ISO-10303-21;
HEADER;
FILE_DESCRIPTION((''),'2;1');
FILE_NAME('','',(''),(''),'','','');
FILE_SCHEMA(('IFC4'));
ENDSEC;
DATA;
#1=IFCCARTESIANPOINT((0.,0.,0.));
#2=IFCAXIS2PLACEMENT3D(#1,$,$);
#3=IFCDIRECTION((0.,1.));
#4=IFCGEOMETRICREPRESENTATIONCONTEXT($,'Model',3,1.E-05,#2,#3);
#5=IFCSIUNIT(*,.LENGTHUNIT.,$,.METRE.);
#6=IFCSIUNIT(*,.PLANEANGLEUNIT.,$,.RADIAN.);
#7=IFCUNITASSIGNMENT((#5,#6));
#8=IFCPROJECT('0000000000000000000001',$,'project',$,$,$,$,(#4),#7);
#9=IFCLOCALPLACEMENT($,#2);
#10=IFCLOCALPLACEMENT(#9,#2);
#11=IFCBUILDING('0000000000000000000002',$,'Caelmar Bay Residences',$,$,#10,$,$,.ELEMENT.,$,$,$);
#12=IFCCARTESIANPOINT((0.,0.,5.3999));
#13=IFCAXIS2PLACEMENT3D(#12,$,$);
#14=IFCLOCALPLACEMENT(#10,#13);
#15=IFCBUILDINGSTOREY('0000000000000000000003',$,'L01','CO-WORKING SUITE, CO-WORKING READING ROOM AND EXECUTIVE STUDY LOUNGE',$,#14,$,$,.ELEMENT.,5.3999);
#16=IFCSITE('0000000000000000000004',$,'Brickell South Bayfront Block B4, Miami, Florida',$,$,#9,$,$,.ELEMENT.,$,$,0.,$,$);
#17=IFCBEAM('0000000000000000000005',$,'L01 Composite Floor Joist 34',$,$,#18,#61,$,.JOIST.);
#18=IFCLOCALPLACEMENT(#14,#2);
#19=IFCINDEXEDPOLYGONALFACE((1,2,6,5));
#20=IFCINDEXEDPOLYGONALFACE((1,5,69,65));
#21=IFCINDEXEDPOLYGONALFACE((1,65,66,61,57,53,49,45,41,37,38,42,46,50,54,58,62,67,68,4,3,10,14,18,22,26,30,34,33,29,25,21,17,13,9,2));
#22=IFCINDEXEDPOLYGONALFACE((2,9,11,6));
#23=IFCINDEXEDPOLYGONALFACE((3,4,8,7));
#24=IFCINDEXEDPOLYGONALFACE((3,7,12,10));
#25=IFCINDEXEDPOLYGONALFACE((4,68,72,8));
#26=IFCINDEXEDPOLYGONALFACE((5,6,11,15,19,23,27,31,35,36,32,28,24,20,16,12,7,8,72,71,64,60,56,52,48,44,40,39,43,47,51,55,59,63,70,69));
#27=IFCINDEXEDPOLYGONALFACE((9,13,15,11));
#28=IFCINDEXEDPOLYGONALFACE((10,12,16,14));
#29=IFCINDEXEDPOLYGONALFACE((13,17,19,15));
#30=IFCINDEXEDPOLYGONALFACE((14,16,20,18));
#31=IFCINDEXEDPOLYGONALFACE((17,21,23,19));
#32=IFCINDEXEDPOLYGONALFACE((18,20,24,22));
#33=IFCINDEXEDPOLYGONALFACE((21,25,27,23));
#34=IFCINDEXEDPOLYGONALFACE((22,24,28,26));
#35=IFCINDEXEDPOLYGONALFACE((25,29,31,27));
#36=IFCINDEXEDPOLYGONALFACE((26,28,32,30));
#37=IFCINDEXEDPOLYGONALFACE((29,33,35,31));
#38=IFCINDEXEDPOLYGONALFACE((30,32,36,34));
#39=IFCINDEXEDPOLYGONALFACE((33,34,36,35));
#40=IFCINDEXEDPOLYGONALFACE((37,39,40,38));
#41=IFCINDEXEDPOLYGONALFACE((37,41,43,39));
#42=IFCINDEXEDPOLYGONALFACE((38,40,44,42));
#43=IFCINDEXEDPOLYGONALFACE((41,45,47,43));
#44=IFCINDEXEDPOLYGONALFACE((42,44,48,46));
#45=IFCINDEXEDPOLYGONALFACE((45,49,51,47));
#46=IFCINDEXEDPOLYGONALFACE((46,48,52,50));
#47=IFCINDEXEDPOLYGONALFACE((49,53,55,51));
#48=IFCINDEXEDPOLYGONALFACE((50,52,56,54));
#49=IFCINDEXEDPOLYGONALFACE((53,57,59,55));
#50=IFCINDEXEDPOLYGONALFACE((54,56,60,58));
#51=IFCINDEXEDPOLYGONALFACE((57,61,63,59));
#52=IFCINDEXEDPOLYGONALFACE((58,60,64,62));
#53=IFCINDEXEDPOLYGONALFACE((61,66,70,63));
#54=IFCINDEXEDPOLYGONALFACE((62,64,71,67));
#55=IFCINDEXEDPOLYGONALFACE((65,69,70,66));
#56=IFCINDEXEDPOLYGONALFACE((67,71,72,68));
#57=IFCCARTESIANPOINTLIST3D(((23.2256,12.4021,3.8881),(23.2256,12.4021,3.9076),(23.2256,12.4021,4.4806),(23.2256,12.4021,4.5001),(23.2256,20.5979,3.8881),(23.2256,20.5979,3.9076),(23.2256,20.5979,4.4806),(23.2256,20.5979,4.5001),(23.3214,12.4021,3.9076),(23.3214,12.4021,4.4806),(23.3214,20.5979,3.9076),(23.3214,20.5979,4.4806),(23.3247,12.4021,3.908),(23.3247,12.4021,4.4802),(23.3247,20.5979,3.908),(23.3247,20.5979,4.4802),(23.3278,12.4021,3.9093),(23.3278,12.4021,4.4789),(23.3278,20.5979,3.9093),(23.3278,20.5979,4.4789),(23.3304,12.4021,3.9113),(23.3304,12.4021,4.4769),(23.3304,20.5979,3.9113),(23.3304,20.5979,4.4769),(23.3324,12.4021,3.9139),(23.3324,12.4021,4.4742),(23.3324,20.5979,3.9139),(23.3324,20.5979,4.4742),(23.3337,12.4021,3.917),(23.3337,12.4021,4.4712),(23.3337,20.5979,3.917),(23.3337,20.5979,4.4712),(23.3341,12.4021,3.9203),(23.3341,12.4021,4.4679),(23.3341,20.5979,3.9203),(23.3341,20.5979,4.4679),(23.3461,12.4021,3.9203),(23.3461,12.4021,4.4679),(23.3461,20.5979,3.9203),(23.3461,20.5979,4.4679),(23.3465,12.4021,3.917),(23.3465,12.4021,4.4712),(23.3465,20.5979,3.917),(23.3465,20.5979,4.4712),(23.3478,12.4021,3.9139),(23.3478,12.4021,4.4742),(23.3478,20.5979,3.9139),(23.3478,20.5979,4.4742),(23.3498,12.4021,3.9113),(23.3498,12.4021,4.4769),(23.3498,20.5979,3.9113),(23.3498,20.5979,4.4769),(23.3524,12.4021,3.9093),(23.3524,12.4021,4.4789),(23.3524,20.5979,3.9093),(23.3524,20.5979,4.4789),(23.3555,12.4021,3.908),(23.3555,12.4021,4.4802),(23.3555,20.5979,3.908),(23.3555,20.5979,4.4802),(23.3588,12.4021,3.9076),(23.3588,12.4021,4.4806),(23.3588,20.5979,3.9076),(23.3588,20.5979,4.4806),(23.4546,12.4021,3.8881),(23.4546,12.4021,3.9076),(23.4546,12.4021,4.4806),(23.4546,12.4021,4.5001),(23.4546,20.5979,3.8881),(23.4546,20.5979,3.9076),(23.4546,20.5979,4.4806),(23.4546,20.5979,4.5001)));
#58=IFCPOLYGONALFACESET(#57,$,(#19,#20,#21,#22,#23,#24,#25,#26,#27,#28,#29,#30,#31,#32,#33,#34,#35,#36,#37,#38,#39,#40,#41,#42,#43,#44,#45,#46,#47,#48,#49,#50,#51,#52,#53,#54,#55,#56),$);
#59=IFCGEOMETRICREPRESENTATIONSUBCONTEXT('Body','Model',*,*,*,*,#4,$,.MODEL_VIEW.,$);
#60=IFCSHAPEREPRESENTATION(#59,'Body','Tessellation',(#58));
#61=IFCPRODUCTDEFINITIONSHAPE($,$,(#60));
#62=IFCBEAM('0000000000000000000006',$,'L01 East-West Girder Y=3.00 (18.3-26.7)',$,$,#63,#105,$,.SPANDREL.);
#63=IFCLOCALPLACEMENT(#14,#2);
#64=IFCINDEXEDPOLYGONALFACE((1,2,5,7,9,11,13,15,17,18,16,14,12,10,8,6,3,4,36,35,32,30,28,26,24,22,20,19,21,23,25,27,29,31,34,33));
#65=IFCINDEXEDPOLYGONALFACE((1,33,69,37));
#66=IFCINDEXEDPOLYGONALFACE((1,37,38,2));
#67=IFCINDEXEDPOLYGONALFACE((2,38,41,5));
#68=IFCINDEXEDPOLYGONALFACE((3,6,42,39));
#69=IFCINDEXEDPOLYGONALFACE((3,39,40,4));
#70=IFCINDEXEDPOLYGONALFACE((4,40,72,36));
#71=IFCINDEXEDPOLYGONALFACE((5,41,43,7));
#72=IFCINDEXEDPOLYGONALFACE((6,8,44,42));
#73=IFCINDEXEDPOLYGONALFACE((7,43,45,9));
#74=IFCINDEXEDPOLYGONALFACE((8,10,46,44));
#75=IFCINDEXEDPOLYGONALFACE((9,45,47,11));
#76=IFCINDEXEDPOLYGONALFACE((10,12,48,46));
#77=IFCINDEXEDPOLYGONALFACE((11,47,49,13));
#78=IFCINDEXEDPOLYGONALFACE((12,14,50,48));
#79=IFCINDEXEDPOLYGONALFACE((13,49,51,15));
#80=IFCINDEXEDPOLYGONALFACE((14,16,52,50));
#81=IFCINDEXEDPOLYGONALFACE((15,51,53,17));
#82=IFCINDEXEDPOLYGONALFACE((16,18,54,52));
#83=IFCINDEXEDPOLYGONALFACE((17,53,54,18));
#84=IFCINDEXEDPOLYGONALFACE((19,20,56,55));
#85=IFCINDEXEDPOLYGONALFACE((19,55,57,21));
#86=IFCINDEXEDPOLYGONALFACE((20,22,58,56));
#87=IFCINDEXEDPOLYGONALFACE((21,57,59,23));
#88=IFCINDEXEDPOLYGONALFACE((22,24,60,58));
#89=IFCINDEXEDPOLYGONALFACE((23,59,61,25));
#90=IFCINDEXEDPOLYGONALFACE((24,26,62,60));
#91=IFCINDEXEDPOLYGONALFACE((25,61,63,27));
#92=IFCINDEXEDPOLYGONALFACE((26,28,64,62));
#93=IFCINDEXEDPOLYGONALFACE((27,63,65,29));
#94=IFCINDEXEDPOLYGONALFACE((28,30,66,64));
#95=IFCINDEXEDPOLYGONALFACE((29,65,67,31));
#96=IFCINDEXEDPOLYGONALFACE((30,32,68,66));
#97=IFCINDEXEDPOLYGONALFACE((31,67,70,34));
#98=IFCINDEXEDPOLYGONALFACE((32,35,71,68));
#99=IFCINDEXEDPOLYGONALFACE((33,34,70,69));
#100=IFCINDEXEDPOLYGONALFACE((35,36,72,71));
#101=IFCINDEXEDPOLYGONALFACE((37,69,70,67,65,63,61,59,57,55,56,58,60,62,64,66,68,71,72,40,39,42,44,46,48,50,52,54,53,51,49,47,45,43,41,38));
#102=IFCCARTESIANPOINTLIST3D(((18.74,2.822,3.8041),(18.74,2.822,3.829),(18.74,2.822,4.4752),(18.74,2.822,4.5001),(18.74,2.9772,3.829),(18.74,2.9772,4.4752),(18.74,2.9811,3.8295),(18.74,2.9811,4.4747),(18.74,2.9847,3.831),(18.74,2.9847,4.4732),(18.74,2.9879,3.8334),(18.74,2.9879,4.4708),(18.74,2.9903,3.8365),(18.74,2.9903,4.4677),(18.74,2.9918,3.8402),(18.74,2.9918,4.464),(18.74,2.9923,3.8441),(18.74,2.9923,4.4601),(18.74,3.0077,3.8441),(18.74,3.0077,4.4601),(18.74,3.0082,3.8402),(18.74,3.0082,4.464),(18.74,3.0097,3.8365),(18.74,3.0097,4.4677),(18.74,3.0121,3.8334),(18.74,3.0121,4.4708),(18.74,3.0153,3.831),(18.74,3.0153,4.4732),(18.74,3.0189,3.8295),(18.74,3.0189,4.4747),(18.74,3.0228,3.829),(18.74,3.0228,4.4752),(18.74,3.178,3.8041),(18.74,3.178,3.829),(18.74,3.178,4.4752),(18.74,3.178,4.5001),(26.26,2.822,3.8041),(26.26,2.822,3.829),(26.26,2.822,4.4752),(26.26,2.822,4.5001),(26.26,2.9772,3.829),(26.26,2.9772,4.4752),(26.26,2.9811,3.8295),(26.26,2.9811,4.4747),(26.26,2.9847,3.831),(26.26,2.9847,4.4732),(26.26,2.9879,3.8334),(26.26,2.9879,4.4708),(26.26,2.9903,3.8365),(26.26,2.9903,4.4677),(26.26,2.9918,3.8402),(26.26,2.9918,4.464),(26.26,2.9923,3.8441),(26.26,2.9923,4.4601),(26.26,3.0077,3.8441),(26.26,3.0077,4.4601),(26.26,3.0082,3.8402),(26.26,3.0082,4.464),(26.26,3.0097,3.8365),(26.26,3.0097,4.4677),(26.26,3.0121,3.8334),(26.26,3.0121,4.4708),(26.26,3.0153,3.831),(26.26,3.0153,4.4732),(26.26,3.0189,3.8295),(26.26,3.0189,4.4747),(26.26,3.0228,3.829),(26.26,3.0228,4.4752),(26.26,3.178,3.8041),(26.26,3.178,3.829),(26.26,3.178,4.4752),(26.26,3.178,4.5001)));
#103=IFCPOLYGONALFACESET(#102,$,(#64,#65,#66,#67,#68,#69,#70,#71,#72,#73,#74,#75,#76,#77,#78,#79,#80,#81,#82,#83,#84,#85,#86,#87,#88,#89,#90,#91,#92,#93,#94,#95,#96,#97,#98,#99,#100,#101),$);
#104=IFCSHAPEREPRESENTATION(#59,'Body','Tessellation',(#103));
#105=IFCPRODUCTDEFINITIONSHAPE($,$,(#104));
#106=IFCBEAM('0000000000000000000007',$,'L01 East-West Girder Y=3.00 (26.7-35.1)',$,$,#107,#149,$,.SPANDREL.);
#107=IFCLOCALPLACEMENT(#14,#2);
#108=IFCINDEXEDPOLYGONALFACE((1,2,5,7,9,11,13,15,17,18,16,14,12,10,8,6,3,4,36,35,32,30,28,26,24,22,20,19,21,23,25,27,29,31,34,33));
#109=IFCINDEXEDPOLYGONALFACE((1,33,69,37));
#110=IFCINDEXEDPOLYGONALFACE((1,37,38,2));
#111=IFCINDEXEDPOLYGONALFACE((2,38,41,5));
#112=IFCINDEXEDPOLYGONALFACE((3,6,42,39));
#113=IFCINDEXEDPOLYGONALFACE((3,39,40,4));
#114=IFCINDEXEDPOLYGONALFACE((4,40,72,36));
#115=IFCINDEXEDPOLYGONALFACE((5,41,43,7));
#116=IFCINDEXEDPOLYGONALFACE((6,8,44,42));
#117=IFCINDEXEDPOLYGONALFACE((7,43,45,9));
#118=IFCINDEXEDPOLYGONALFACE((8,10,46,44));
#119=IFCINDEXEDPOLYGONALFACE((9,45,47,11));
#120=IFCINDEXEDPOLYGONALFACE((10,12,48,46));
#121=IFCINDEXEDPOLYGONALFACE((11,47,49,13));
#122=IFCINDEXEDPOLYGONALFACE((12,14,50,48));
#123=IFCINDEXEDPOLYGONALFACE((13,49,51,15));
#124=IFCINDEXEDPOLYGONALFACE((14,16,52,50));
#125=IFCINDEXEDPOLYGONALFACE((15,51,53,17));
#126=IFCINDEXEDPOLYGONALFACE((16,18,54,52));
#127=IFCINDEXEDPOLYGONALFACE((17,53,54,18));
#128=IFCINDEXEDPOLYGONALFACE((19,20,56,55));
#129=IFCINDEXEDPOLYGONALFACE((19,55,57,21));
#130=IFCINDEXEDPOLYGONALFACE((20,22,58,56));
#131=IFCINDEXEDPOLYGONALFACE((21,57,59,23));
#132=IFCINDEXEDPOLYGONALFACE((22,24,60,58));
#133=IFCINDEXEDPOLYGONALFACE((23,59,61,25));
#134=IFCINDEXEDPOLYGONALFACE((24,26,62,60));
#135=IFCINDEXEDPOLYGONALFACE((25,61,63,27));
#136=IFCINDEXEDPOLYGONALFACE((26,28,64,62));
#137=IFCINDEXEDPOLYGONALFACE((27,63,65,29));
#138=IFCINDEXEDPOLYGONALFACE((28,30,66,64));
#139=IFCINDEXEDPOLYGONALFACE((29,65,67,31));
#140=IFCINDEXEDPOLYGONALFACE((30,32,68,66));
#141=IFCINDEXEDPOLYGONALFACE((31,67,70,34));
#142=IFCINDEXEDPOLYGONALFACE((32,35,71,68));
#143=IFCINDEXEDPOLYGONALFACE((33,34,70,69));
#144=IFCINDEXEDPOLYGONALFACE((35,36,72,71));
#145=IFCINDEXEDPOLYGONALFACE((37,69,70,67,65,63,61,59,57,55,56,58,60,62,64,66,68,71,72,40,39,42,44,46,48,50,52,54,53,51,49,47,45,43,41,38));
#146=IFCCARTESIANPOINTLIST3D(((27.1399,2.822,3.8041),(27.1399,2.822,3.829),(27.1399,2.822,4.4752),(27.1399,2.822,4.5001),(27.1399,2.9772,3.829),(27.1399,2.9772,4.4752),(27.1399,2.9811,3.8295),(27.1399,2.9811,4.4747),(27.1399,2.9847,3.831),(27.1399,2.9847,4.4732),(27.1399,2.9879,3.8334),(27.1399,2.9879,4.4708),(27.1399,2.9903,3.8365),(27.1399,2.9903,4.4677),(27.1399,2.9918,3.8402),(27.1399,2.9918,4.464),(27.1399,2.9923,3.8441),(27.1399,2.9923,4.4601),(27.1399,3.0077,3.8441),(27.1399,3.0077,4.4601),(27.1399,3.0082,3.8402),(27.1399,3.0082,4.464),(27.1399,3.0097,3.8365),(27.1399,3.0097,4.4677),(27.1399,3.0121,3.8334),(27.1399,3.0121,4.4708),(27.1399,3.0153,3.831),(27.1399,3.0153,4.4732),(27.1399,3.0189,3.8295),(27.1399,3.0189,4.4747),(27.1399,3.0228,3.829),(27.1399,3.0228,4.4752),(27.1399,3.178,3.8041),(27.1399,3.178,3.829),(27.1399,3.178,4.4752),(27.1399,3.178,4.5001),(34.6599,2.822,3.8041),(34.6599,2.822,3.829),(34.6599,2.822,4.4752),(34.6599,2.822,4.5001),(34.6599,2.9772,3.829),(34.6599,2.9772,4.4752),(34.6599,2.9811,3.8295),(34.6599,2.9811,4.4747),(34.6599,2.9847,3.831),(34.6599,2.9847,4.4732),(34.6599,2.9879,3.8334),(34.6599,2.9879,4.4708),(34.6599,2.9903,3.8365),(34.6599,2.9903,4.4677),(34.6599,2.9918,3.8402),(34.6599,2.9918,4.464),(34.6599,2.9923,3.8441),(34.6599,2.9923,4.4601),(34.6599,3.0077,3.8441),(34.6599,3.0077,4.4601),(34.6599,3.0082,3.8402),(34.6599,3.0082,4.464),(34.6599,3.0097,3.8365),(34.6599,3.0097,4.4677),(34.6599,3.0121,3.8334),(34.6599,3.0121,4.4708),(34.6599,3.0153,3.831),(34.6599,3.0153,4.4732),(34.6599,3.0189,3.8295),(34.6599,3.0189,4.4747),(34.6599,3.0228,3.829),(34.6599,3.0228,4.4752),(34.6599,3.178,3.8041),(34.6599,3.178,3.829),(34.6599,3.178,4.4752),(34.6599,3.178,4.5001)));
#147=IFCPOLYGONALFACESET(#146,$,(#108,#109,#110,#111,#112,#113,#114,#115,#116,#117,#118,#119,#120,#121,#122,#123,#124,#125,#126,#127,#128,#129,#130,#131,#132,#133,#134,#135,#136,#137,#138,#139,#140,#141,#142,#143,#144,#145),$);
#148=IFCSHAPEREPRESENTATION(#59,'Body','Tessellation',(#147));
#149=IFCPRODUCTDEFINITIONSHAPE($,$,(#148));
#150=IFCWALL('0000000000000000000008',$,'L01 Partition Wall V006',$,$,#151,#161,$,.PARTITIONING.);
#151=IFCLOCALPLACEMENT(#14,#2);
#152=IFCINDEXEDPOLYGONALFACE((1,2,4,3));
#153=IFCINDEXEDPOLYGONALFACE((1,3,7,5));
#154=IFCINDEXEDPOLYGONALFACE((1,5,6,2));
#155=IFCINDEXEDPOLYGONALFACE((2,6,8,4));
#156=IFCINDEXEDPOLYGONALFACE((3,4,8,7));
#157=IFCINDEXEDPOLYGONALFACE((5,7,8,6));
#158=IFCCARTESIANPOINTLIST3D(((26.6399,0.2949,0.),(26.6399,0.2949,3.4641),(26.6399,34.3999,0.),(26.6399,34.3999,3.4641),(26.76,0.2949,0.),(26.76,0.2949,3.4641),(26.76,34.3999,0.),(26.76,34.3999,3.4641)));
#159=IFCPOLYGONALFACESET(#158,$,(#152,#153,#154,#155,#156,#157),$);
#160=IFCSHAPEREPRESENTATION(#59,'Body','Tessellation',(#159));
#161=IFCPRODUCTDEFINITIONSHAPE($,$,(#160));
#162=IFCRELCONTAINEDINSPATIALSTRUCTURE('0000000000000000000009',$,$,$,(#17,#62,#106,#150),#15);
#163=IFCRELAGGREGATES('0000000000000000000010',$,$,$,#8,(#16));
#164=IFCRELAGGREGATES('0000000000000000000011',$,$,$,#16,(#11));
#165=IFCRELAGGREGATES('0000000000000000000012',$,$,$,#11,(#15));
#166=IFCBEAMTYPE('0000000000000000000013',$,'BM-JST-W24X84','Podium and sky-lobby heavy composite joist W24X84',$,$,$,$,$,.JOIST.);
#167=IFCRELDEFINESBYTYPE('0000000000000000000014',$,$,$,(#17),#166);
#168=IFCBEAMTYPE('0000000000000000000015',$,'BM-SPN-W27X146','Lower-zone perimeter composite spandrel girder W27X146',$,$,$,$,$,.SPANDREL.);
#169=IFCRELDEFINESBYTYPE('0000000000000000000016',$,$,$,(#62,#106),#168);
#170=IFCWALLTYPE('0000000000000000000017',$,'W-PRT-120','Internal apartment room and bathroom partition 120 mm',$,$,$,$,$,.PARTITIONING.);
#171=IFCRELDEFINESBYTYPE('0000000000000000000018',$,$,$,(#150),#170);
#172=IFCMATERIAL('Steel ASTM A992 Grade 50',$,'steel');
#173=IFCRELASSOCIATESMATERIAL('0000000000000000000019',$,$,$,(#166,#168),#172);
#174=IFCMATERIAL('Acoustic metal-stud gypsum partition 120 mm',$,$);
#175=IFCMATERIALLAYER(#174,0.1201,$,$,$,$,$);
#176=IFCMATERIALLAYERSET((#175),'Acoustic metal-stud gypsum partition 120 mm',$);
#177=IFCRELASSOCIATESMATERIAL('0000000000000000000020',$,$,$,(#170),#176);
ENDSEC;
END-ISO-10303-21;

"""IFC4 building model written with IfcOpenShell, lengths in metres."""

from ifc_helpers import new_model, si_unit, direction, frame, frame_2d, origin, origin_2d, place, context, subcontext, project, spatial, rectangle, i_section, extrude, material, layer, layer_set, material_profile, profile_set, type_object, element, save


model = new_model("IFC4")

# Units and contexts
model_context = context("Model", 3, precision=1e-05, world=origin(), true_north=direction((0.0, 1.0)))
body_context = subcontext(model_context, "Body", "Model", "MODEL_VIEW")
ifc_project = project(units=[si_unit("LENGTHUNIT", "METRE"), si_unit("PLANEANGLEUNIT", "RADIAN")], contexts=[model_context])

# Site, building, storey
site_placement = place(None, origin())
site = spatial("IfcSite", under=ifc_project, at=site_placement, Name="Brickell South Bayfront Block B4, Miami, Florida", CompositionType="ELEMENT", RefElevation=0.0)
building_placement = place(site_placement, origin())
building = spatial("IfcBuilding", under=site, at=building_placement, Name="Caelmar Bay Residences", CompositionType="ELEMENT")
storey_placement = place(building_placement, frame((0.0, 0.0, 5.3999)))
storey = spatial("IfcBuildingStorey", under=building, at=storey_placement, Name="L01", Description="CO-WORKING SUITE, CO-WORKING READING ROOM AND EXECUTIVE STUDY LOUNGE", CompositionType="ELEMENT", Elevation=5.3999)

# Beams
ifc_material_1 = material(Name="Steel ASTM A992 Grade 50", Category="steel")
ifc_material_profile_1 = material_profile(ifc_material_1, i_section(OverallWidth=0.229, OverallDepth=0.6121, WebThickness=0.012, FlangeThickness=0.0195, FilletRadius=0.0127, at=origin_2d()), Name="W24X84")
ifc_profile_set_1 = profile_set([ifc_material_profile_1], Name="Steel ASTM A992 Grade 50")
beam_type_1 = type_object("IfcBeamType", Name="BM-JST-W24X84", Description="Podium and sky-lobby heavy composite joist W24X84", PredefinedType="JOIST", material=ifc_profile_set_1)
for number, where, z_axis, x_axis, name in (
    (1, (23.3401, 12.4021, 4.1941), (0.0, 1.0, 0.0), (-1.0, 0.0, 0.0), "L01 Composite Floor Joist 34"),
):
    element("IfcBeam", number, at=place(storey_placement, frame(where, z_axis=z_axis, x_axis=x_axis)), inside=storey, type_object=beam_type_1, Name=name, PredefinedType="JOIST", context=body_context, shape_type="SweptSolid", body=[
        extrude(i_section(OverallWidth=0.229, OverallDepth=0.6121, WebThickness=0.012, FlangeThickness=0.0195, FilletRadius=0.0127, at=origin_2d()), origin(), (0.0, 0.0, 1.0), 8.1958),
    ])
ifc_material_profile_2 = material_profile(ifc_material_1, i_section(OverallWidth=0.356, OverallDepth=0.696, WebThickness=0.0154, FlangeThickness=0.0249, FilletRadius=0.0151, at=origin_2d()), Name="W27X146")
ifc_profile_set_2 = profile_set([ifc_material_profile_2], Name="Steel ASTM A992 Grade 50")
beam_type_2 = type_object("IfcBeamType", Name="BM-SPN-W27X146", Description="Lower-zone perimeter composite spandrel girder W27X146", PredefinedType="SPANDREL", material=ifc_profile_set_2)
for number, where, z_axis, x_axis, name in (
    (2, (18.74, 3.0, 4.1521), (1.0, 0.0, 0.0), (0.0, 1.0, 0.0), "L01 East-West Girder Y=3.00 (18.3-26.7)"),
    (3, (27.1399, 3.0, 4.1521), (1.0, 0.0, 0.0), (0.0, 1.0, 0.0), "L01 East-West Girder Y=3.00 (26.7-35.1)"),
):
    element("IfcBeam", number, at=place(storey_placement, frame(where, z_axis=z_axis, x_axis=x_axis)), inside=storey, type_object=beam_type_2, Name=name, PredefinedType="SPANDREL", context=body_context, shape_type="SweptSolid", body=[
        extrude(i_section(OverallWidth=0.356, OverallDepth=0.696, WebThickness=0.0154, FlangeThickness=0.0249, FilletRadius=0.0151, at=origin_2d()), origin(), (0.0, 0.0, 1.0), 7.52),
    ])

# Wall
ifc_material_2 = material(Name="Acoustic metal-stud gypsum partition 120 mm")
ifc_layer = layer(ifc_material_2, 0.1201)
ifc_layer_set = layer_set([ifc_layer], Name="Acoustic metal-stud gypsum partition 120 mm")
wall_type = type_object("IfcWallType", Name="W-PRT-120", Description="Internal apartment room and bathroom partition 120 mm", PredefinedType="PARTITIONING", material=ifc_layer_set)
wall_placement = place(storey_placement, frame((26.7, 0.2949, 0.0), z_axis=(0.0, 0.0, 1.0), x_axis=(0.0, 1.0, 0.0)))
element("IfcWall", 4, at=wall_placement, inside=storey, type_object=wall_type, Name="L01 Partition Wall V006", PredefinedType="PARTITIONING", context=body_context, shape_type="SweptSolid", body=[
    extrude(rectangle(XDim=34.105, YDim=0.1201, at=frame_2d((17.0525, 0.0))), origin(), (0.0, 0.0, 1.0), 3.4641),
])

save(model, "model.ifc")
